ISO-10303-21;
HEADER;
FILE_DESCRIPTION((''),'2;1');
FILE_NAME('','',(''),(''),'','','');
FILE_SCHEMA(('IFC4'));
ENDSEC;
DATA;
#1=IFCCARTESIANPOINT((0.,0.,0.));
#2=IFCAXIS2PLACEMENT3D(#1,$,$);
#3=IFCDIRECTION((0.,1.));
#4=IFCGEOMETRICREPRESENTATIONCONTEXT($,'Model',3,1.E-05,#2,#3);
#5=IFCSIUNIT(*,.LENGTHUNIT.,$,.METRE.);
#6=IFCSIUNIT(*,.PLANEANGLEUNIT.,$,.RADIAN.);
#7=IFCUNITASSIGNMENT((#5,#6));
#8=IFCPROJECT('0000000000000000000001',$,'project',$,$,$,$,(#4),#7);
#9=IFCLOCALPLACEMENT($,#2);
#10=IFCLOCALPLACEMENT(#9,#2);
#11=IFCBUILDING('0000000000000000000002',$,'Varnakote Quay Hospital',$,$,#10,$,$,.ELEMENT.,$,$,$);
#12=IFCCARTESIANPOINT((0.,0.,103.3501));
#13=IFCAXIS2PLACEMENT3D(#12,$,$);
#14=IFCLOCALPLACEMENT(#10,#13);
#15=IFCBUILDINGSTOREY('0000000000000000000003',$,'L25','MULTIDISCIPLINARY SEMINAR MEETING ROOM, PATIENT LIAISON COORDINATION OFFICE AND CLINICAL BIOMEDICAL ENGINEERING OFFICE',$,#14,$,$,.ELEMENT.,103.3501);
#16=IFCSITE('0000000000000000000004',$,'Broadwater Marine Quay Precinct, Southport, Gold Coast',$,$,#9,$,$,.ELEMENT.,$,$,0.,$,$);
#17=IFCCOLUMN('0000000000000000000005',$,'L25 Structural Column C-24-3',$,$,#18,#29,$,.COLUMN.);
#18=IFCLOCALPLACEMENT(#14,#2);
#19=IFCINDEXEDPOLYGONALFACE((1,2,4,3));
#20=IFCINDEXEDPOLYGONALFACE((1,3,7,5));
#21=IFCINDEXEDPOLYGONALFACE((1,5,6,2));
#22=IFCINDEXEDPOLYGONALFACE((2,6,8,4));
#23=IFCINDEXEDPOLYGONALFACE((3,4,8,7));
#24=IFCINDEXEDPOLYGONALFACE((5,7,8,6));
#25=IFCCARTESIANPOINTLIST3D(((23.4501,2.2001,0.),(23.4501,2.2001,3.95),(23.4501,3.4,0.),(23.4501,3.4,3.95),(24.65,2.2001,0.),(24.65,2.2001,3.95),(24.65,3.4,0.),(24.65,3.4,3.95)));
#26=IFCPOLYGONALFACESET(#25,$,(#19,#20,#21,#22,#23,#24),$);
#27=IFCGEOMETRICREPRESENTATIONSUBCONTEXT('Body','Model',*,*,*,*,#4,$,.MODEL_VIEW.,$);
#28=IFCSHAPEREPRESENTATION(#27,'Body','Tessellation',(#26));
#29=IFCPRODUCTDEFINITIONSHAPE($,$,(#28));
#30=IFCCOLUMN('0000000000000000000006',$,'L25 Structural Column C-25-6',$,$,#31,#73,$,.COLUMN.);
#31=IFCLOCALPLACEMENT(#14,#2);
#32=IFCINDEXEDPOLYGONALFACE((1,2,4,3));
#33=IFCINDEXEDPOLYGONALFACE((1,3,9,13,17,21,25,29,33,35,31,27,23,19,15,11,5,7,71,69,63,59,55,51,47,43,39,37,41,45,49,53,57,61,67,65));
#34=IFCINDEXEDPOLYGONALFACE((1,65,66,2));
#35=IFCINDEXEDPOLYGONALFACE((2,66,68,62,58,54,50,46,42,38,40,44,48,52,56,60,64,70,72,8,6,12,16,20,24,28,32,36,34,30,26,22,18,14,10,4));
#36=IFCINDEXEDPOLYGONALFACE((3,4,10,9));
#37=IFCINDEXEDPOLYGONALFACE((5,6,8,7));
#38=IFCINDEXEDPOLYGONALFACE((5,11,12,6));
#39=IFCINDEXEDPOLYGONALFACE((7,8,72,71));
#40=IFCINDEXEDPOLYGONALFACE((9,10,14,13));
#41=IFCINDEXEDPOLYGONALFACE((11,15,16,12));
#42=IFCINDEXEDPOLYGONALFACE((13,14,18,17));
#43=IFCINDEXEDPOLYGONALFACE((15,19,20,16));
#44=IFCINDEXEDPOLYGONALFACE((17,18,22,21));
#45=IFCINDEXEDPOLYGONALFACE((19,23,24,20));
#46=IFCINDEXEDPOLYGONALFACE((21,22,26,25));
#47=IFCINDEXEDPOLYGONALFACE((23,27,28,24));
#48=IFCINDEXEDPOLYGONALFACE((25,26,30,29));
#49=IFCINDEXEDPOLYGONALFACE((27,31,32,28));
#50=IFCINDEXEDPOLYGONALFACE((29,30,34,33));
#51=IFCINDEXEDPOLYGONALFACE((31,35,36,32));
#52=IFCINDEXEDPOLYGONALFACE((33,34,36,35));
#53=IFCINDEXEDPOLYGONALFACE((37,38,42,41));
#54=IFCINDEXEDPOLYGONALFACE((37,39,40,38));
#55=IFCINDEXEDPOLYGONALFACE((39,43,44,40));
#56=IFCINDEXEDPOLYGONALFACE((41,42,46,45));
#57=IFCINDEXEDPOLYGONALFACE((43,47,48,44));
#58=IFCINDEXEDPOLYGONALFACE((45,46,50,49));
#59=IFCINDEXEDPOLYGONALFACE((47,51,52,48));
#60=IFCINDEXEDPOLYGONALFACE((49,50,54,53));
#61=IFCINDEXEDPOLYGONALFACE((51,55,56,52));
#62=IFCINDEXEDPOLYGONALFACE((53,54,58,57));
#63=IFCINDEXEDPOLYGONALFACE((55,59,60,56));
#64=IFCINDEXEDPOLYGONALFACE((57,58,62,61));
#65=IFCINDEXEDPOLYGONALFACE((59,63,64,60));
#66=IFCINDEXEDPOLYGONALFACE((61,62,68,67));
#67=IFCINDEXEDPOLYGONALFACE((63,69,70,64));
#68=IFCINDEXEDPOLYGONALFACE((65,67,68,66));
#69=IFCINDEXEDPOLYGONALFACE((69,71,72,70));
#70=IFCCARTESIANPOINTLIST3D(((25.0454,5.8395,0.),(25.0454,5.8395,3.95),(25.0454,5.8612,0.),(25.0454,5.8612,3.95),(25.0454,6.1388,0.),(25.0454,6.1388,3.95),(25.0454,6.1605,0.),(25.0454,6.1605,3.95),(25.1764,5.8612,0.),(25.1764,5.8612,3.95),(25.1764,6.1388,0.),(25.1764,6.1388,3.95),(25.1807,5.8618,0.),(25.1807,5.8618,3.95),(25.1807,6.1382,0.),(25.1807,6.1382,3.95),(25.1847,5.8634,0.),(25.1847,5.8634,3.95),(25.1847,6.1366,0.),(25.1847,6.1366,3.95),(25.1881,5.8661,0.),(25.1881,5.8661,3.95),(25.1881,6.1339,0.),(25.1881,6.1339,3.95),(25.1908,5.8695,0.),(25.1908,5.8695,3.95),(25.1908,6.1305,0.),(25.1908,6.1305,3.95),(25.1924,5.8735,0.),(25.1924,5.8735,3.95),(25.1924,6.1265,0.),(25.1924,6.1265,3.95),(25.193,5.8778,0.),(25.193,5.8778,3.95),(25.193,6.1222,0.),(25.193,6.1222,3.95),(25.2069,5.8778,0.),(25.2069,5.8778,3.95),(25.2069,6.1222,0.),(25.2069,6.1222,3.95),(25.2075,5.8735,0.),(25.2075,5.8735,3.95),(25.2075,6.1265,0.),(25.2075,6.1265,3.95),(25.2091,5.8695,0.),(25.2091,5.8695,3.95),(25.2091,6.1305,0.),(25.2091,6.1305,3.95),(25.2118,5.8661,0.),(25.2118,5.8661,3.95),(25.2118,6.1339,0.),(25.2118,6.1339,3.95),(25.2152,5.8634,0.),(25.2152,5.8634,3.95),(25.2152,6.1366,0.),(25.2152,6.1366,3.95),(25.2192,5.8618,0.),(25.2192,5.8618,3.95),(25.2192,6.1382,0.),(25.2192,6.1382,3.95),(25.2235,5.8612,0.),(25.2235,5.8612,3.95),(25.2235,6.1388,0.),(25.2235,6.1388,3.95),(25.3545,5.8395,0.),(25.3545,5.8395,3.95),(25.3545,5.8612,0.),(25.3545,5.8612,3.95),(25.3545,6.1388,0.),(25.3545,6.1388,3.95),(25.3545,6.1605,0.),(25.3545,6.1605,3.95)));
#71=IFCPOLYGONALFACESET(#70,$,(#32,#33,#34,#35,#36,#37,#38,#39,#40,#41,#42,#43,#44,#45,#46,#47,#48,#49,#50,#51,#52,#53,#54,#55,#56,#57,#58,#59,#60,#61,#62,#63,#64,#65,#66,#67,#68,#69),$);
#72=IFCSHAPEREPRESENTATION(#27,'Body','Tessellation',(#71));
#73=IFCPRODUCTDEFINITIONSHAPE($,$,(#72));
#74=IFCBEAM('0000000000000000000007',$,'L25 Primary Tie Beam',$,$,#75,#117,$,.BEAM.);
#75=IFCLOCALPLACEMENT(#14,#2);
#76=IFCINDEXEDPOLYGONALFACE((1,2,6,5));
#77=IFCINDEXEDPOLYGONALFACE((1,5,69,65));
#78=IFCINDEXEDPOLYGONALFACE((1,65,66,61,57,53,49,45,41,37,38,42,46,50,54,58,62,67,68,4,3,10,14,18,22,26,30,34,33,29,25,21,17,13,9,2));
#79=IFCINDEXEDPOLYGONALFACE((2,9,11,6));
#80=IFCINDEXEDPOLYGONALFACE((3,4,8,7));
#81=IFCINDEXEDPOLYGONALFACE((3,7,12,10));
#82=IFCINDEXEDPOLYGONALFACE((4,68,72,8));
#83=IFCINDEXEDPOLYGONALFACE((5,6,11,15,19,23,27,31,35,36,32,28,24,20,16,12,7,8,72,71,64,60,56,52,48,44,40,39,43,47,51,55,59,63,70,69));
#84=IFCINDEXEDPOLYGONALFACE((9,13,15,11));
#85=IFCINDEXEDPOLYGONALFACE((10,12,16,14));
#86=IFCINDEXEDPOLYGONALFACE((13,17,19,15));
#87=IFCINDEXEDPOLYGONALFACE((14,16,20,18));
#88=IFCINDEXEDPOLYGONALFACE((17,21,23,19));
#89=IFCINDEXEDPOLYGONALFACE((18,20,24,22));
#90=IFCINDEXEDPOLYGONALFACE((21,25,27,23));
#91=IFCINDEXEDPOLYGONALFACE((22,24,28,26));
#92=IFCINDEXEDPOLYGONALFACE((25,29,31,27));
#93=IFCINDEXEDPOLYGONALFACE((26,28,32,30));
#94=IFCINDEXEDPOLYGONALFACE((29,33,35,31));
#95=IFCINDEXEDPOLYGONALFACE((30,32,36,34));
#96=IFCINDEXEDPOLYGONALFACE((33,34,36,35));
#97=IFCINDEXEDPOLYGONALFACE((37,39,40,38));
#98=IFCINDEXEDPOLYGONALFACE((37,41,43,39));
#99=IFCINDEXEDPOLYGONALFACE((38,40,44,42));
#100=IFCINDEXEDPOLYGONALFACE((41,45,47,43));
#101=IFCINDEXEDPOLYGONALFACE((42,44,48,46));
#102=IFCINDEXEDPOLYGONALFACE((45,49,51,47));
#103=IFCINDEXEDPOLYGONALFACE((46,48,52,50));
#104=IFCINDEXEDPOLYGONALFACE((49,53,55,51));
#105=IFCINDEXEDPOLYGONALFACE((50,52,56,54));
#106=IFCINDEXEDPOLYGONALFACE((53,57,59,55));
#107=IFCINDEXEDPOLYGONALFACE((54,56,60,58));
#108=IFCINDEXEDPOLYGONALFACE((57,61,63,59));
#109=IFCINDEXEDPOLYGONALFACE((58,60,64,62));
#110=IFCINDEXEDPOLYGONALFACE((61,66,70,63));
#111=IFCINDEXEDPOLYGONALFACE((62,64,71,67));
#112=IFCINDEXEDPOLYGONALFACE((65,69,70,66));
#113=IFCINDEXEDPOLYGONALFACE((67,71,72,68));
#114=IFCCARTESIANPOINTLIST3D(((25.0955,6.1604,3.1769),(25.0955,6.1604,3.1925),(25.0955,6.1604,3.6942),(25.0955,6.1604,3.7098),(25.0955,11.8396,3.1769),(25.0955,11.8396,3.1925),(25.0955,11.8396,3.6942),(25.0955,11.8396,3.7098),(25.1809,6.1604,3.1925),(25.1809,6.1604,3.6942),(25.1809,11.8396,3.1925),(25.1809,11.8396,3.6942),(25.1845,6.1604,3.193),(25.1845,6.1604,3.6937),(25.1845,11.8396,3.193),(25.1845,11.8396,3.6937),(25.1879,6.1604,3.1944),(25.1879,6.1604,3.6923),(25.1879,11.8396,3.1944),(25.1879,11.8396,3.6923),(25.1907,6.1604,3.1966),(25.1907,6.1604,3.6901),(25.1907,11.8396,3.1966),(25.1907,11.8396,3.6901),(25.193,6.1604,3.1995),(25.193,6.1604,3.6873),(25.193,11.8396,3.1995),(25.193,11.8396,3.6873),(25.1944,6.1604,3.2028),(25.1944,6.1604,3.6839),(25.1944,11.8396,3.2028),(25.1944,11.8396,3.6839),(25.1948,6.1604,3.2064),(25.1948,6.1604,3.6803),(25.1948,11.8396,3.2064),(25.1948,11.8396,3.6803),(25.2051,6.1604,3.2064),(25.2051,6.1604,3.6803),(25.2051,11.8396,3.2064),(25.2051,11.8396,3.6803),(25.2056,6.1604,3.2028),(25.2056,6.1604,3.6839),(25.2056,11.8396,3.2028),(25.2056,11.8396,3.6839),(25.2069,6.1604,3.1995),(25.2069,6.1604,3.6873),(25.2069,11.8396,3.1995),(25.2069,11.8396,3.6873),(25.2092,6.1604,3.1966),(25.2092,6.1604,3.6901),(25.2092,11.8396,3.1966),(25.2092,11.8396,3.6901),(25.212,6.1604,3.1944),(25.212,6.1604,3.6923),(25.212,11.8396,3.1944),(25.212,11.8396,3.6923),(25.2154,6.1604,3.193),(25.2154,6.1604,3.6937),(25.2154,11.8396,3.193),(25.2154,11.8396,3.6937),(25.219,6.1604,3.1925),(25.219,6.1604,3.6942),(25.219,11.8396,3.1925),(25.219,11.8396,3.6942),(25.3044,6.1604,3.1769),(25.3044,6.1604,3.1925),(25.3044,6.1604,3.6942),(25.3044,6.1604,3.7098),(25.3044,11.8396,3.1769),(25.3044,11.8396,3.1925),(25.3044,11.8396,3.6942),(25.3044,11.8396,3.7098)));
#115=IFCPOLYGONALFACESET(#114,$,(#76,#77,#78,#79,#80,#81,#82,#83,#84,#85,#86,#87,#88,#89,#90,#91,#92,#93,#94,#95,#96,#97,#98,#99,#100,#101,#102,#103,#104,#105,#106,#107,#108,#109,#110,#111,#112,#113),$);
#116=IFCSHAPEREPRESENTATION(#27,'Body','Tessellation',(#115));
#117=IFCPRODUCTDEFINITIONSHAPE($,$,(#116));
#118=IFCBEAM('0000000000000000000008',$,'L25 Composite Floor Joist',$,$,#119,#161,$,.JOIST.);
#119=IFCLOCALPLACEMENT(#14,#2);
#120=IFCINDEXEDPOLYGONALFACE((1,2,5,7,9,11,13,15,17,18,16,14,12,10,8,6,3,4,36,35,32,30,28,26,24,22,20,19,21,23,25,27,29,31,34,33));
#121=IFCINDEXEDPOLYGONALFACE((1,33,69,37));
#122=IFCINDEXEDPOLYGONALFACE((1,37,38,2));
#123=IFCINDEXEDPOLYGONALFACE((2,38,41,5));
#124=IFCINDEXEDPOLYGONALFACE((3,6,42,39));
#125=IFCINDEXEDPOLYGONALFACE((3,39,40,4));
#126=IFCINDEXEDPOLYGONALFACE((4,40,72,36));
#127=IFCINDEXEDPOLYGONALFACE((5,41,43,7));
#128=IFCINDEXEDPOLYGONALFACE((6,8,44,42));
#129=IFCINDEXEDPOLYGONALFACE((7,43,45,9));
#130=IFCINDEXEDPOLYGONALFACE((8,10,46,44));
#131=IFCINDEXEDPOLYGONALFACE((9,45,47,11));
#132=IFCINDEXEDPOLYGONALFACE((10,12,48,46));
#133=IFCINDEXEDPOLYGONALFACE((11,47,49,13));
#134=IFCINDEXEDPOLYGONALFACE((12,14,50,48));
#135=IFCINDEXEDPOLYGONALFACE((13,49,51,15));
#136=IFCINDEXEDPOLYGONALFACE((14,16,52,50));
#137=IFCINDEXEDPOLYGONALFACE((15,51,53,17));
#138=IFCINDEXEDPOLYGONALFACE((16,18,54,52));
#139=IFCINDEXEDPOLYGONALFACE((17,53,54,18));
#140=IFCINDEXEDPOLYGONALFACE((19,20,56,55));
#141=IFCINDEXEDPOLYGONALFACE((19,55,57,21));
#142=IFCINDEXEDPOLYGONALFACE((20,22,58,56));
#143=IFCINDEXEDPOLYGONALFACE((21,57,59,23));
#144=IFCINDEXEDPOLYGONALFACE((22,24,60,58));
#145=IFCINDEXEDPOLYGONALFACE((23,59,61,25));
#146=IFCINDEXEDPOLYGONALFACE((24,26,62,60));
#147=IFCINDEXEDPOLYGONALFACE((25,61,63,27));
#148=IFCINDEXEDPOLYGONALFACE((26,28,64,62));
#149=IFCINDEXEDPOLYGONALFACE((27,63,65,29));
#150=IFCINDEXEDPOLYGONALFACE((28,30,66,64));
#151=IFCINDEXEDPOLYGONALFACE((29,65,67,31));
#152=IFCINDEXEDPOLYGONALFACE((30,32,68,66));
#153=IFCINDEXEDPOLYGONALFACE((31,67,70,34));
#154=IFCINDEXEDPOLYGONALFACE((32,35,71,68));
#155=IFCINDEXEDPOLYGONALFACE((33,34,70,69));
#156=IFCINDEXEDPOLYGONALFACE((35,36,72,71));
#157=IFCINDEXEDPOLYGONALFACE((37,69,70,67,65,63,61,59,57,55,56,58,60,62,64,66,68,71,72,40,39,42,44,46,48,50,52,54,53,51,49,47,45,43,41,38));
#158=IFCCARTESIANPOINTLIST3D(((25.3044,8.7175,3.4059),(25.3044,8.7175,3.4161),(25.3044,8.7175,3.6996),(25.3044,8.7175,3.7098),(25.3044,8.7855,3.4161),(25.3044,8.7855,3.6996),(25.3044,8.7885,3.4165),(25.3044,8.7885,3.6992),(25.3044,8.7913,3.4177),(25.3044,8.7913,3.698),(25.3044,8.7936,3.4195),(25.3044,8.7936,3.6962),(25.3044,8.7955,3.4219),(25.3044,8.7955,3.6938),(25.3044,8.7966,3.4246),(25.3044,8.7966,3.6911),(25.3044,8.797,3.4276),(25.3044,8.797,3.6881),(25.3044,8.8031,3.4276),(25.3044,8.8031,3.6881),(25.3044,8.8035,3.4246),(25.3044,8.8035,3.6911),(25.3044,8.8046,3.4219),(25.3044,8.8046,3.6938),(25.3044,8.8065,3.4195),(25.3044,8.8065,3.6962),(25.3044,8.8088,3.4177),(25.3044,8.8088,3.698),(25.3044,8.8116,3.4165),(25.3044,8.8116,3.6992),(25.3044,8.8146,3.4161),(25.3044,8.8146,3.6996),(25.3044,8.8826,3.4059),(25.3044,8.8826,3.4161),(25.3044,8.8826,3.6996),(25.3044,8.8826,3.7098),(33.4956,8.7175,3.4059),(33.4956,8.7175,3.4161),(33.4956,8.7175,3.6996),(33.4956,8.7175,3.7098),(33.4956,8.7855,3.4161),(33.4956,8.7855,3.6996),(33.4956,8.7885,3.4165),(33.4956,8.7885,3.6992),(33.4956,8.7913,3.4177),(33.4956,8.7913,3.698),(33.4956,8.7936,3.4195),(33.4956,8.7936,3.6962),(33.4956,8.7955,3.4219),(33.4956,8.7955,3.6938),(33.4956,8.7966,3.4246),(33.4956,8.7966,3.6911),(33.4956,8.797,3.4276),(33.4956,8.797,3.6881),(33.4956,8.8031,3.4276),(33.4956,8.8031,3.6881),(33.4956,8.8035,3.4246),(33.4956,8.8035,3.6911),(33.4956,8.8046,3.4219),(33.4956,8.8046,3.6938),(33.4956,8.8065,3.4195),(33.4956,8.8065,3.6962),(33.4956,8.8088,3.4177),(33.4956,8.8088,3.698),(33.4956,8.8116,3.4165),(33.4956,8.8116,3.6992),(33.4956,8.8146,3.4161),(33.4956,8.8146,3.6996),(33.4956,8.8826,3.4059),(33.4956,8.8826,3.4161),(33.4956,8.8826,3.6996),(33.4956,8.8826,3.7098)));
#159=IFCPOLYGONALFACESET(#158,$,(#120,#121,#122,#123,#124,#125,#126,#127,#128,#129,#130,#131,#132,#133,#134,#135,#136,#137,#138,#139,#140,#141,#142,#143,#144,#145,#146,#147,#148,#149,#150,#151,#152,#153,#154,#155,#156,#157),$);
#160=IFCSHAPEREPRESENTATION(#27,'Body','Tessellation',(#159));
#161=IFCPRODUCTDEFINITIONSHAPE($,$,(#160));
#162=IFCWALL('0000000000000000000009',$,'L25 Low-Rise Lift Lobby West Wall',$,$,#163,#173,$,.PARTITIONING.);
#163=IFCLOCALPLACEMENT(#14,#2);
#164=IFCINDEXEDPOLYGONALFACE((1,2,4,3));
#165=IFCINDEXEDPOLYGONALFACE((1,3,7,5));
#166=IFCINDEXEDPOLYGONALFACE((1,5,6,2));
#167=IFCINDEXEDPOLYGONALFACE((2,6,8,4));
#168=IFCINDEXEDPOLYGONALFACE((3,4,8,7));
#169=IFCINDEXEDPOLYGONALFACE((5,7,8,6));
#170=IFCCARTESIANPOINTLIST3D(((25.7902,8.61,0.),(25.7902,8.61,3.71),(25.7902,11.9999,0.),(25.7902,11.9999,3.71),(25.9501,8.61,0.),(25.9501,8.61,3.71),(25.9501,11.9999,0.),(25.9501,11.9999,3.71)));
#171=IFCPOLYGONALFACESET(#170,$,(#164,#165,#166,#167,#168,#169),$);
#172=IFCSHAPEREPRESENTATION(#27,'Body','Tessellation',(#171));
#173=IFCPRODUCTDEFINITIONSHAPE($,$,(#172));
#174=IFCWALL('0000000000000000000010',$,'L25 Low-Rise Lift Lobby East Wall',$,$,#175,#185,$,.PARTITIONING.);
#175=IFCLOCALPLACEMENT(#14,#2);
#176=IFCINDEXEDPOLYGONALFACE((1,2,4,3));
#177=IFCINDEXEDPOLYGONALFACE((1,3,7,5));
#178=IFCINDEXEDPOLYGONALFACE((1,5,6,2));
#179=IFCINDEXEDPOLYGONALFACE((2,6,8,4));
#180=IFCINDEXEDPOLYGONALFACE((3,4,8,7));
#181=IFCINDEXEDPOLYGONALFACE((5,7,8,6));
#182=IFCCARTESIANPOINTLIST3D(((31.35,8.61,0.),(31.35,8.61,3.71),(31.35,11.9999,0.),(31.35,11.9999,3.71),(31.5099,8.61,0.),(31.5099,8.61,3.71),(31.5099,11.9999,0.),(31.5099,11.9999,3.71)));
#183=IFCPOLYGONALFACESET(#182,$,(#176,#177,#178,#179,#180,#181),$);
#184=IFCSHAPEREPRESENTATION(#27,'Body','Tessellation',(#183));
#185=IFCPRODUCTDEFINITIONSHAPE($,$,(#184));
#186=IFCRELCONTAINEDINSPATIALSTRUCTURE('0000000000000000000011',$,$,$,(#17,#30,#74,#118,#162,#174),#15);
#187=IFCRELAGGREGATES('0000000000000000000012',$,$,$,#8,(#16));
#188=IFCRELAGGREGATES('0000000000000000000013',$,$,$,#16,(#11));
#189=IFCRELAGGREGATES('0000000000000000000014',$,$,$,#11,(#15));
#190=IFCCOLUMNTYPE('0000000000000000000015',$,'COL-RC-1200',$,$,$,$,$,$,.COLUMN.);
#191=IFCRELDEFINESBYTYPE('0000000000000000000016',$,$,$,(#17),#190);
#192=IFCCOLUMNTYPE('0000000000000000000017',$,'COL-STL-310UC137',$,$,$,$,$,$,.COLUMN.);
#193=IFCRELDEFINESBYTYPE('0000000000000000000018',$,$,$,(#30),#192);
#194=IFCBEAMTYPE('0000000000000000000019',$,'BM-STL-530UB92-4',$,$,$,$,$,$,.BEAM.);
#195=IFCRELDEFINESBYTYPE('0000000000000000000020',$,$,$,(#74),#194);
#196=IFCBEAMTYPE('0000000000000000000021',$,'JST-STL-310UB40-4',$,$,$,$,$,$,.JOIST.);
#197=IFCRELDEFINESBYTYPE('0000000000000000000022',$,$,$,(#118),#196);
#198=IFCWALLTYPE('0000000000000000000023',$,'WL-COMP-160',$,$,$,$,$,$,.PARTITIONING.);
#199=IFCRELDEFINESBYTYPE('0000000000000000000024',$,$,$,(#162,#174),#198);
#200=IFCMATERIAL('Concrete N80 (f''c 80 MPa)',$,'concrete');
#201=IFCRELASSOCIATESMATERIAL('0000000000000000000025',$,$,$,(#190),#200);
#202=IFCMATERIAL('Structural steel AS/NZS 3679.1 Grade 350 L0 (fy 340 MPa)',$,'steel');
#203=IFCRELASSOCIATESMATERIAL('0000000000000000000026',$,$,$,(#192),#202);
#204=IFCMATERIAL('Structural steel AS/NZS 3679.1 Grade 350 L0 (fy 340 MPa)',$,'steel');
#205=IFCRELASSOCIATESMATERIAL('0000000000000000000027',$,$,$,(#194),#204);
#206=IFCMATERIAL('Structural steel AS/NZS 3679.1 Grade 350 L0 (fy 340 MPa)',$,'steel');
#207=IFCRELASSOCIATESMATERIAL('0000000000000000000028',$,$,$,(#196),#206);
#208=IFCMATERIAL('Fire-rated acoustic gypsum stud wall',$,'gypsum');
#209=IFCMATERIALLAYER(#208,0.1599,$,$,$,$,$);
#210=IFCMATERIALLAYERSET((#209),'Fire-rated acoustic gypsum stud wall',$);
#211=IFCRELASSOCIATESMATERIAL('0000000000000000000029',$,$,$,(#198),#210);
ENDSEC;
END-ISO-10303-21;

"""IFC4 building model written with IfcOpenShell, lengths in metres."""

from ifc_helpers import new_model, si_unit, direction, frame, frame_2d, origin, origin_2d, place, context, subcontext, project, spatial, rectangle, i_section, extrude, material, layer, layer_set, material_profile, profile_set, type_object, element, save


model = new_model("IFC4")

# Units and contexts
model_context = context("Model", 3, precision=1e-05, world=origin(), true_north=direction((0.0, 1.0)))
body_context = subcontext(model_context, "Body", "Model", "MODEL_VIEW")
ifc_project = project(units=[si_unit("LENGTHUNIT", "METRE"), si_unit("PLANEANGLEUNIT", "RADIAN")], contexts=[model_context])

# Site, building, storey
site_placement = place(None, origin())
site = spatial("IfcSite", under=ifc_project, at=site_placement, Name="Broadwater Marine Quay Precinct, Southport, Gold Coast", CompositionType="ELEMENT", RefElevation=0.0)
building_placement = place(site_placement, origin())
building = spatial("IfcBuilding", under=site, at=building_placement, Name="Varnakote Quay Hospital", CompositionType="ELEMENT")
storey_placement = place(building_placement, frame((0.0, 0.0, 103.3501)))
storey = spatial("IfcBuildingStorey", under=building, at=storey_placement, Name="L25", Description="MULTIDISCIPLINARY SEMINAR MEETING ROOM, PATIENT LIAISON COORDINATION OFFICE AND CLINICAL BIOMEDICAL ENGINEERING OFFICE", CompositionType="ELEMENT", Elevation=103.3501)

# Columns
ifc_material_1 = material(Name="Concrete N80 (f'c 80 MPa)", Category="concrete")
ifc_material_profile_1 = material_profile(ifc_material_1, rectangle(XDim=1.2, YDim=1.2, at=origin_2d()), Name="RC-COL-1200x1200")
ifc_profile_set_1 = profile_set([ifc_material_profile_1], Name="Concrete N80 (f'c 80 MPa)")
column_type_1 = type_object("IfcColumnType", Name="COL-RC-1200", PredefinedType="COLUMN", material=ifc_profile_set_1)
column_1_placement = place(storey_placement, frame((24.05, 2.8, 0.0), z_axis=(0.0, 0.0, 1.0), x_axis=(1.0, 0.0, 0.0)))
element("IfcColumn", 1, at=column_1_placement, inside=storey, type_object=column_type_1, Name="L25 Structural Column C-24-3", PredefinedType="COLUMN", context=body_context, shape_type="SweptSolid", body=[
    extrude(rectangle(XDim=1.2, YDim=1.2, at=origin_2d()), origin(), (0.0, 0.0, 1.0), 3.95),
])
ifc_material_2 = material(Name="Structural steel AS/NZS 3679.1 Grade 350 L0 (fy 340 MPa)", Category="steel")
ifc_material_profile_2 = material_profile(ifc_material_2, i_section(OverallWidth=0.3091, OverallDepth=0.321, WebThickness=0.0139, FlangeThickness=0.0217, FilletRadius=0.0166, at=origin_2d()), Name="310UC137")
ifc_profile_set_2 = profile_set([ifc_material_profile_2], Name="Structural steel AS/NZS 3679.1 Grade 350 L0 (fy 340 MPa)")
column_type_2 = type_object("IfcColumnType", Name="COL-STL-310UC137", PredefinedType="COLUMN", material=ifc_profile_set_2)
column_2_placement = place(storey_placement, frame((25.2, 6.0, 0.0), z_axis=(0.0, 0.0, 1.0), x_axis=(1.0, 0.0, 0.0)))
element("IfcColumn", 2, at=column_2_placement, inside=storey, type_object=column_type_2, Name="L25 Structural Column C-25-6", PredefinedType="COLUMN", context=body_context, shape_type="SweptSolid", body=[
    extrude(i_section(OverallWidth=0.3091, OverallDepth=0.321, WebThickness=0.0139, FlangeThickness=0.0217, FilletRadius=0.0166, at=origin_2d()), origin(), (0.0, 0.0, 1.0), 3.95),
])

# Beams
ifc_material_3 = material(Name="Structural steel AS/NZS 3679.1 Grade 350 L0 (fy 340 MPa)", Category="steel")
ifc_material_profile_3 = material_profile(ifc_material_3, i_section(OverallWidth=0.209, OverallDepth=0.533, WebThickness=0.0103, FlangeThickness=0.0156, FilletRadius=0.0139, at=origin_2d()), Name="530UB92.4")
ifc_profile_set_3 = profile_set([ifc_material_profile_3], Name="Structural steel AS/NZS 3679.1 Grade 350 L0 (fy 340 MPa)")
beam_type_1 = type_object("IfcBeamType", Name="BM-STL-530UB92-4", PredefinedType="BEAM", material=ifc_profile_set_3)
beam_1_placement = place(storey_placement, frame((25.2, 6.1604, 3.4434), z_axis=(0.0, 1.0, 0.0), x_axis=(-1.0, 0.0, 0.0)))
element("IfcBeam", 3, at=beam_1_placement, inside=storey, type_object=beam_type_1, Name="L25 Primary Tie Beam", PredefinedType="BEAM", context=body_context, shape_type="SweptSolid", body=[
    extrude(i_section(OverallWidth=0.209, OverallDepth=0.533, WebThickness=0.0103, FlangeThickness=0.0156, FilletRadius=0.0139, at=origin_2d()), origin(), (0.0, 0.0, 1.0), 5.6792),
])
ifc_material_4 = material(Name="Structural steel AS/NZS 3679.1 Grade 350 L0 (fy 340 MPa)", Category="steel")
ifc_material_profile_4 = material_profile(ifc_material_4, i_section(OverallWidth=0.165, OverallDepth=0.304, WebThickness=0.0061, FlangeThickness=0.0103, FilletRadius=0.0115, at=origin_2d()), Name="310UB40.4")
ifc_profile_set_4 = profile_set([ifc_material_profile_4], Name="Structural steel AS/NZS 3679.1 Grade 350 L0 (fy 340 MPa)")
beam_type_2 = type_object("IfcBeamType", Name="JST-STL-310UB40-4", PredefinedType="JOIST", material=ifc_profile_set_4)
beam_2_placement = place(storey_placement, frame((25.3044, 8.8, 3.5579), z_axis=(1.0, 0.0, 0.0), x_axis=(0.0, 1.0, 0.0)))
element("IfcBeam", 4, at=beam_2_placement, inside=storey, type_object=beam_type_2, Name="L25 Composite Floor Joist", PredefinedType="JOIST", context=body_context, shape_type="SweptSolid", body=[
    extrude(i_section(OverallWidth=0.165, OverallDepth=0.304, WebThickness=0.0061, FlangeThickness=0.0103, FilletRadius=0.0115, at=origin_2d()), origin(), (0.0, 0.0, 1.0), 8.1912),
])

# Walls
ifc_material_5 = material(Name="Fire-rated acoustic gypsum stud wall", Category="gypsum")
ifc_layer_1 = layer(ifc_material_5, 0.1599)
ifc_layer_set_1 = layer_set([ifc_layer_1], Name="Fire-rated acoustic gypsum stud wall")
wall_type_1 = type_object("IfcWallType", Name="WL-COMP-160", PredefinedType="PARTITIONING", material=ifc_layer_set_1)
for number, where, z_axis, x_axis, name in (
    (5, (25.8701, 8.6101, 0.0), (0.0, 0.0, 1.0), (0.0, 1.0, 0.0), "L25 Low-Rise Lift Lobby West Wall"),
    (6, (31.4299, 8.6101, 0.0), (0.0, 0.0, 1.0), (0.0, 1.0, 0.0), "L25 Low-Rise Lift Lobby East Wall"),
):
    element("IfcWall", number, at=place(storey_placement, frame(where, z_axis=z_axis, x_axis=x_axis)), inside=storey, type_object=wall_type_1, Name=name, PredefinedType="PARTITIONING", context=body_context, shape_type="SweptSolid", body=[
        extrude(rectangle(XDim=3.3899, YDim=0.1599, at=frame_2d((1.6948, 0.0))), origin(), (0.0, 0.0, 1.0), 3.71),
    ])

save(model, "model.ifc")
